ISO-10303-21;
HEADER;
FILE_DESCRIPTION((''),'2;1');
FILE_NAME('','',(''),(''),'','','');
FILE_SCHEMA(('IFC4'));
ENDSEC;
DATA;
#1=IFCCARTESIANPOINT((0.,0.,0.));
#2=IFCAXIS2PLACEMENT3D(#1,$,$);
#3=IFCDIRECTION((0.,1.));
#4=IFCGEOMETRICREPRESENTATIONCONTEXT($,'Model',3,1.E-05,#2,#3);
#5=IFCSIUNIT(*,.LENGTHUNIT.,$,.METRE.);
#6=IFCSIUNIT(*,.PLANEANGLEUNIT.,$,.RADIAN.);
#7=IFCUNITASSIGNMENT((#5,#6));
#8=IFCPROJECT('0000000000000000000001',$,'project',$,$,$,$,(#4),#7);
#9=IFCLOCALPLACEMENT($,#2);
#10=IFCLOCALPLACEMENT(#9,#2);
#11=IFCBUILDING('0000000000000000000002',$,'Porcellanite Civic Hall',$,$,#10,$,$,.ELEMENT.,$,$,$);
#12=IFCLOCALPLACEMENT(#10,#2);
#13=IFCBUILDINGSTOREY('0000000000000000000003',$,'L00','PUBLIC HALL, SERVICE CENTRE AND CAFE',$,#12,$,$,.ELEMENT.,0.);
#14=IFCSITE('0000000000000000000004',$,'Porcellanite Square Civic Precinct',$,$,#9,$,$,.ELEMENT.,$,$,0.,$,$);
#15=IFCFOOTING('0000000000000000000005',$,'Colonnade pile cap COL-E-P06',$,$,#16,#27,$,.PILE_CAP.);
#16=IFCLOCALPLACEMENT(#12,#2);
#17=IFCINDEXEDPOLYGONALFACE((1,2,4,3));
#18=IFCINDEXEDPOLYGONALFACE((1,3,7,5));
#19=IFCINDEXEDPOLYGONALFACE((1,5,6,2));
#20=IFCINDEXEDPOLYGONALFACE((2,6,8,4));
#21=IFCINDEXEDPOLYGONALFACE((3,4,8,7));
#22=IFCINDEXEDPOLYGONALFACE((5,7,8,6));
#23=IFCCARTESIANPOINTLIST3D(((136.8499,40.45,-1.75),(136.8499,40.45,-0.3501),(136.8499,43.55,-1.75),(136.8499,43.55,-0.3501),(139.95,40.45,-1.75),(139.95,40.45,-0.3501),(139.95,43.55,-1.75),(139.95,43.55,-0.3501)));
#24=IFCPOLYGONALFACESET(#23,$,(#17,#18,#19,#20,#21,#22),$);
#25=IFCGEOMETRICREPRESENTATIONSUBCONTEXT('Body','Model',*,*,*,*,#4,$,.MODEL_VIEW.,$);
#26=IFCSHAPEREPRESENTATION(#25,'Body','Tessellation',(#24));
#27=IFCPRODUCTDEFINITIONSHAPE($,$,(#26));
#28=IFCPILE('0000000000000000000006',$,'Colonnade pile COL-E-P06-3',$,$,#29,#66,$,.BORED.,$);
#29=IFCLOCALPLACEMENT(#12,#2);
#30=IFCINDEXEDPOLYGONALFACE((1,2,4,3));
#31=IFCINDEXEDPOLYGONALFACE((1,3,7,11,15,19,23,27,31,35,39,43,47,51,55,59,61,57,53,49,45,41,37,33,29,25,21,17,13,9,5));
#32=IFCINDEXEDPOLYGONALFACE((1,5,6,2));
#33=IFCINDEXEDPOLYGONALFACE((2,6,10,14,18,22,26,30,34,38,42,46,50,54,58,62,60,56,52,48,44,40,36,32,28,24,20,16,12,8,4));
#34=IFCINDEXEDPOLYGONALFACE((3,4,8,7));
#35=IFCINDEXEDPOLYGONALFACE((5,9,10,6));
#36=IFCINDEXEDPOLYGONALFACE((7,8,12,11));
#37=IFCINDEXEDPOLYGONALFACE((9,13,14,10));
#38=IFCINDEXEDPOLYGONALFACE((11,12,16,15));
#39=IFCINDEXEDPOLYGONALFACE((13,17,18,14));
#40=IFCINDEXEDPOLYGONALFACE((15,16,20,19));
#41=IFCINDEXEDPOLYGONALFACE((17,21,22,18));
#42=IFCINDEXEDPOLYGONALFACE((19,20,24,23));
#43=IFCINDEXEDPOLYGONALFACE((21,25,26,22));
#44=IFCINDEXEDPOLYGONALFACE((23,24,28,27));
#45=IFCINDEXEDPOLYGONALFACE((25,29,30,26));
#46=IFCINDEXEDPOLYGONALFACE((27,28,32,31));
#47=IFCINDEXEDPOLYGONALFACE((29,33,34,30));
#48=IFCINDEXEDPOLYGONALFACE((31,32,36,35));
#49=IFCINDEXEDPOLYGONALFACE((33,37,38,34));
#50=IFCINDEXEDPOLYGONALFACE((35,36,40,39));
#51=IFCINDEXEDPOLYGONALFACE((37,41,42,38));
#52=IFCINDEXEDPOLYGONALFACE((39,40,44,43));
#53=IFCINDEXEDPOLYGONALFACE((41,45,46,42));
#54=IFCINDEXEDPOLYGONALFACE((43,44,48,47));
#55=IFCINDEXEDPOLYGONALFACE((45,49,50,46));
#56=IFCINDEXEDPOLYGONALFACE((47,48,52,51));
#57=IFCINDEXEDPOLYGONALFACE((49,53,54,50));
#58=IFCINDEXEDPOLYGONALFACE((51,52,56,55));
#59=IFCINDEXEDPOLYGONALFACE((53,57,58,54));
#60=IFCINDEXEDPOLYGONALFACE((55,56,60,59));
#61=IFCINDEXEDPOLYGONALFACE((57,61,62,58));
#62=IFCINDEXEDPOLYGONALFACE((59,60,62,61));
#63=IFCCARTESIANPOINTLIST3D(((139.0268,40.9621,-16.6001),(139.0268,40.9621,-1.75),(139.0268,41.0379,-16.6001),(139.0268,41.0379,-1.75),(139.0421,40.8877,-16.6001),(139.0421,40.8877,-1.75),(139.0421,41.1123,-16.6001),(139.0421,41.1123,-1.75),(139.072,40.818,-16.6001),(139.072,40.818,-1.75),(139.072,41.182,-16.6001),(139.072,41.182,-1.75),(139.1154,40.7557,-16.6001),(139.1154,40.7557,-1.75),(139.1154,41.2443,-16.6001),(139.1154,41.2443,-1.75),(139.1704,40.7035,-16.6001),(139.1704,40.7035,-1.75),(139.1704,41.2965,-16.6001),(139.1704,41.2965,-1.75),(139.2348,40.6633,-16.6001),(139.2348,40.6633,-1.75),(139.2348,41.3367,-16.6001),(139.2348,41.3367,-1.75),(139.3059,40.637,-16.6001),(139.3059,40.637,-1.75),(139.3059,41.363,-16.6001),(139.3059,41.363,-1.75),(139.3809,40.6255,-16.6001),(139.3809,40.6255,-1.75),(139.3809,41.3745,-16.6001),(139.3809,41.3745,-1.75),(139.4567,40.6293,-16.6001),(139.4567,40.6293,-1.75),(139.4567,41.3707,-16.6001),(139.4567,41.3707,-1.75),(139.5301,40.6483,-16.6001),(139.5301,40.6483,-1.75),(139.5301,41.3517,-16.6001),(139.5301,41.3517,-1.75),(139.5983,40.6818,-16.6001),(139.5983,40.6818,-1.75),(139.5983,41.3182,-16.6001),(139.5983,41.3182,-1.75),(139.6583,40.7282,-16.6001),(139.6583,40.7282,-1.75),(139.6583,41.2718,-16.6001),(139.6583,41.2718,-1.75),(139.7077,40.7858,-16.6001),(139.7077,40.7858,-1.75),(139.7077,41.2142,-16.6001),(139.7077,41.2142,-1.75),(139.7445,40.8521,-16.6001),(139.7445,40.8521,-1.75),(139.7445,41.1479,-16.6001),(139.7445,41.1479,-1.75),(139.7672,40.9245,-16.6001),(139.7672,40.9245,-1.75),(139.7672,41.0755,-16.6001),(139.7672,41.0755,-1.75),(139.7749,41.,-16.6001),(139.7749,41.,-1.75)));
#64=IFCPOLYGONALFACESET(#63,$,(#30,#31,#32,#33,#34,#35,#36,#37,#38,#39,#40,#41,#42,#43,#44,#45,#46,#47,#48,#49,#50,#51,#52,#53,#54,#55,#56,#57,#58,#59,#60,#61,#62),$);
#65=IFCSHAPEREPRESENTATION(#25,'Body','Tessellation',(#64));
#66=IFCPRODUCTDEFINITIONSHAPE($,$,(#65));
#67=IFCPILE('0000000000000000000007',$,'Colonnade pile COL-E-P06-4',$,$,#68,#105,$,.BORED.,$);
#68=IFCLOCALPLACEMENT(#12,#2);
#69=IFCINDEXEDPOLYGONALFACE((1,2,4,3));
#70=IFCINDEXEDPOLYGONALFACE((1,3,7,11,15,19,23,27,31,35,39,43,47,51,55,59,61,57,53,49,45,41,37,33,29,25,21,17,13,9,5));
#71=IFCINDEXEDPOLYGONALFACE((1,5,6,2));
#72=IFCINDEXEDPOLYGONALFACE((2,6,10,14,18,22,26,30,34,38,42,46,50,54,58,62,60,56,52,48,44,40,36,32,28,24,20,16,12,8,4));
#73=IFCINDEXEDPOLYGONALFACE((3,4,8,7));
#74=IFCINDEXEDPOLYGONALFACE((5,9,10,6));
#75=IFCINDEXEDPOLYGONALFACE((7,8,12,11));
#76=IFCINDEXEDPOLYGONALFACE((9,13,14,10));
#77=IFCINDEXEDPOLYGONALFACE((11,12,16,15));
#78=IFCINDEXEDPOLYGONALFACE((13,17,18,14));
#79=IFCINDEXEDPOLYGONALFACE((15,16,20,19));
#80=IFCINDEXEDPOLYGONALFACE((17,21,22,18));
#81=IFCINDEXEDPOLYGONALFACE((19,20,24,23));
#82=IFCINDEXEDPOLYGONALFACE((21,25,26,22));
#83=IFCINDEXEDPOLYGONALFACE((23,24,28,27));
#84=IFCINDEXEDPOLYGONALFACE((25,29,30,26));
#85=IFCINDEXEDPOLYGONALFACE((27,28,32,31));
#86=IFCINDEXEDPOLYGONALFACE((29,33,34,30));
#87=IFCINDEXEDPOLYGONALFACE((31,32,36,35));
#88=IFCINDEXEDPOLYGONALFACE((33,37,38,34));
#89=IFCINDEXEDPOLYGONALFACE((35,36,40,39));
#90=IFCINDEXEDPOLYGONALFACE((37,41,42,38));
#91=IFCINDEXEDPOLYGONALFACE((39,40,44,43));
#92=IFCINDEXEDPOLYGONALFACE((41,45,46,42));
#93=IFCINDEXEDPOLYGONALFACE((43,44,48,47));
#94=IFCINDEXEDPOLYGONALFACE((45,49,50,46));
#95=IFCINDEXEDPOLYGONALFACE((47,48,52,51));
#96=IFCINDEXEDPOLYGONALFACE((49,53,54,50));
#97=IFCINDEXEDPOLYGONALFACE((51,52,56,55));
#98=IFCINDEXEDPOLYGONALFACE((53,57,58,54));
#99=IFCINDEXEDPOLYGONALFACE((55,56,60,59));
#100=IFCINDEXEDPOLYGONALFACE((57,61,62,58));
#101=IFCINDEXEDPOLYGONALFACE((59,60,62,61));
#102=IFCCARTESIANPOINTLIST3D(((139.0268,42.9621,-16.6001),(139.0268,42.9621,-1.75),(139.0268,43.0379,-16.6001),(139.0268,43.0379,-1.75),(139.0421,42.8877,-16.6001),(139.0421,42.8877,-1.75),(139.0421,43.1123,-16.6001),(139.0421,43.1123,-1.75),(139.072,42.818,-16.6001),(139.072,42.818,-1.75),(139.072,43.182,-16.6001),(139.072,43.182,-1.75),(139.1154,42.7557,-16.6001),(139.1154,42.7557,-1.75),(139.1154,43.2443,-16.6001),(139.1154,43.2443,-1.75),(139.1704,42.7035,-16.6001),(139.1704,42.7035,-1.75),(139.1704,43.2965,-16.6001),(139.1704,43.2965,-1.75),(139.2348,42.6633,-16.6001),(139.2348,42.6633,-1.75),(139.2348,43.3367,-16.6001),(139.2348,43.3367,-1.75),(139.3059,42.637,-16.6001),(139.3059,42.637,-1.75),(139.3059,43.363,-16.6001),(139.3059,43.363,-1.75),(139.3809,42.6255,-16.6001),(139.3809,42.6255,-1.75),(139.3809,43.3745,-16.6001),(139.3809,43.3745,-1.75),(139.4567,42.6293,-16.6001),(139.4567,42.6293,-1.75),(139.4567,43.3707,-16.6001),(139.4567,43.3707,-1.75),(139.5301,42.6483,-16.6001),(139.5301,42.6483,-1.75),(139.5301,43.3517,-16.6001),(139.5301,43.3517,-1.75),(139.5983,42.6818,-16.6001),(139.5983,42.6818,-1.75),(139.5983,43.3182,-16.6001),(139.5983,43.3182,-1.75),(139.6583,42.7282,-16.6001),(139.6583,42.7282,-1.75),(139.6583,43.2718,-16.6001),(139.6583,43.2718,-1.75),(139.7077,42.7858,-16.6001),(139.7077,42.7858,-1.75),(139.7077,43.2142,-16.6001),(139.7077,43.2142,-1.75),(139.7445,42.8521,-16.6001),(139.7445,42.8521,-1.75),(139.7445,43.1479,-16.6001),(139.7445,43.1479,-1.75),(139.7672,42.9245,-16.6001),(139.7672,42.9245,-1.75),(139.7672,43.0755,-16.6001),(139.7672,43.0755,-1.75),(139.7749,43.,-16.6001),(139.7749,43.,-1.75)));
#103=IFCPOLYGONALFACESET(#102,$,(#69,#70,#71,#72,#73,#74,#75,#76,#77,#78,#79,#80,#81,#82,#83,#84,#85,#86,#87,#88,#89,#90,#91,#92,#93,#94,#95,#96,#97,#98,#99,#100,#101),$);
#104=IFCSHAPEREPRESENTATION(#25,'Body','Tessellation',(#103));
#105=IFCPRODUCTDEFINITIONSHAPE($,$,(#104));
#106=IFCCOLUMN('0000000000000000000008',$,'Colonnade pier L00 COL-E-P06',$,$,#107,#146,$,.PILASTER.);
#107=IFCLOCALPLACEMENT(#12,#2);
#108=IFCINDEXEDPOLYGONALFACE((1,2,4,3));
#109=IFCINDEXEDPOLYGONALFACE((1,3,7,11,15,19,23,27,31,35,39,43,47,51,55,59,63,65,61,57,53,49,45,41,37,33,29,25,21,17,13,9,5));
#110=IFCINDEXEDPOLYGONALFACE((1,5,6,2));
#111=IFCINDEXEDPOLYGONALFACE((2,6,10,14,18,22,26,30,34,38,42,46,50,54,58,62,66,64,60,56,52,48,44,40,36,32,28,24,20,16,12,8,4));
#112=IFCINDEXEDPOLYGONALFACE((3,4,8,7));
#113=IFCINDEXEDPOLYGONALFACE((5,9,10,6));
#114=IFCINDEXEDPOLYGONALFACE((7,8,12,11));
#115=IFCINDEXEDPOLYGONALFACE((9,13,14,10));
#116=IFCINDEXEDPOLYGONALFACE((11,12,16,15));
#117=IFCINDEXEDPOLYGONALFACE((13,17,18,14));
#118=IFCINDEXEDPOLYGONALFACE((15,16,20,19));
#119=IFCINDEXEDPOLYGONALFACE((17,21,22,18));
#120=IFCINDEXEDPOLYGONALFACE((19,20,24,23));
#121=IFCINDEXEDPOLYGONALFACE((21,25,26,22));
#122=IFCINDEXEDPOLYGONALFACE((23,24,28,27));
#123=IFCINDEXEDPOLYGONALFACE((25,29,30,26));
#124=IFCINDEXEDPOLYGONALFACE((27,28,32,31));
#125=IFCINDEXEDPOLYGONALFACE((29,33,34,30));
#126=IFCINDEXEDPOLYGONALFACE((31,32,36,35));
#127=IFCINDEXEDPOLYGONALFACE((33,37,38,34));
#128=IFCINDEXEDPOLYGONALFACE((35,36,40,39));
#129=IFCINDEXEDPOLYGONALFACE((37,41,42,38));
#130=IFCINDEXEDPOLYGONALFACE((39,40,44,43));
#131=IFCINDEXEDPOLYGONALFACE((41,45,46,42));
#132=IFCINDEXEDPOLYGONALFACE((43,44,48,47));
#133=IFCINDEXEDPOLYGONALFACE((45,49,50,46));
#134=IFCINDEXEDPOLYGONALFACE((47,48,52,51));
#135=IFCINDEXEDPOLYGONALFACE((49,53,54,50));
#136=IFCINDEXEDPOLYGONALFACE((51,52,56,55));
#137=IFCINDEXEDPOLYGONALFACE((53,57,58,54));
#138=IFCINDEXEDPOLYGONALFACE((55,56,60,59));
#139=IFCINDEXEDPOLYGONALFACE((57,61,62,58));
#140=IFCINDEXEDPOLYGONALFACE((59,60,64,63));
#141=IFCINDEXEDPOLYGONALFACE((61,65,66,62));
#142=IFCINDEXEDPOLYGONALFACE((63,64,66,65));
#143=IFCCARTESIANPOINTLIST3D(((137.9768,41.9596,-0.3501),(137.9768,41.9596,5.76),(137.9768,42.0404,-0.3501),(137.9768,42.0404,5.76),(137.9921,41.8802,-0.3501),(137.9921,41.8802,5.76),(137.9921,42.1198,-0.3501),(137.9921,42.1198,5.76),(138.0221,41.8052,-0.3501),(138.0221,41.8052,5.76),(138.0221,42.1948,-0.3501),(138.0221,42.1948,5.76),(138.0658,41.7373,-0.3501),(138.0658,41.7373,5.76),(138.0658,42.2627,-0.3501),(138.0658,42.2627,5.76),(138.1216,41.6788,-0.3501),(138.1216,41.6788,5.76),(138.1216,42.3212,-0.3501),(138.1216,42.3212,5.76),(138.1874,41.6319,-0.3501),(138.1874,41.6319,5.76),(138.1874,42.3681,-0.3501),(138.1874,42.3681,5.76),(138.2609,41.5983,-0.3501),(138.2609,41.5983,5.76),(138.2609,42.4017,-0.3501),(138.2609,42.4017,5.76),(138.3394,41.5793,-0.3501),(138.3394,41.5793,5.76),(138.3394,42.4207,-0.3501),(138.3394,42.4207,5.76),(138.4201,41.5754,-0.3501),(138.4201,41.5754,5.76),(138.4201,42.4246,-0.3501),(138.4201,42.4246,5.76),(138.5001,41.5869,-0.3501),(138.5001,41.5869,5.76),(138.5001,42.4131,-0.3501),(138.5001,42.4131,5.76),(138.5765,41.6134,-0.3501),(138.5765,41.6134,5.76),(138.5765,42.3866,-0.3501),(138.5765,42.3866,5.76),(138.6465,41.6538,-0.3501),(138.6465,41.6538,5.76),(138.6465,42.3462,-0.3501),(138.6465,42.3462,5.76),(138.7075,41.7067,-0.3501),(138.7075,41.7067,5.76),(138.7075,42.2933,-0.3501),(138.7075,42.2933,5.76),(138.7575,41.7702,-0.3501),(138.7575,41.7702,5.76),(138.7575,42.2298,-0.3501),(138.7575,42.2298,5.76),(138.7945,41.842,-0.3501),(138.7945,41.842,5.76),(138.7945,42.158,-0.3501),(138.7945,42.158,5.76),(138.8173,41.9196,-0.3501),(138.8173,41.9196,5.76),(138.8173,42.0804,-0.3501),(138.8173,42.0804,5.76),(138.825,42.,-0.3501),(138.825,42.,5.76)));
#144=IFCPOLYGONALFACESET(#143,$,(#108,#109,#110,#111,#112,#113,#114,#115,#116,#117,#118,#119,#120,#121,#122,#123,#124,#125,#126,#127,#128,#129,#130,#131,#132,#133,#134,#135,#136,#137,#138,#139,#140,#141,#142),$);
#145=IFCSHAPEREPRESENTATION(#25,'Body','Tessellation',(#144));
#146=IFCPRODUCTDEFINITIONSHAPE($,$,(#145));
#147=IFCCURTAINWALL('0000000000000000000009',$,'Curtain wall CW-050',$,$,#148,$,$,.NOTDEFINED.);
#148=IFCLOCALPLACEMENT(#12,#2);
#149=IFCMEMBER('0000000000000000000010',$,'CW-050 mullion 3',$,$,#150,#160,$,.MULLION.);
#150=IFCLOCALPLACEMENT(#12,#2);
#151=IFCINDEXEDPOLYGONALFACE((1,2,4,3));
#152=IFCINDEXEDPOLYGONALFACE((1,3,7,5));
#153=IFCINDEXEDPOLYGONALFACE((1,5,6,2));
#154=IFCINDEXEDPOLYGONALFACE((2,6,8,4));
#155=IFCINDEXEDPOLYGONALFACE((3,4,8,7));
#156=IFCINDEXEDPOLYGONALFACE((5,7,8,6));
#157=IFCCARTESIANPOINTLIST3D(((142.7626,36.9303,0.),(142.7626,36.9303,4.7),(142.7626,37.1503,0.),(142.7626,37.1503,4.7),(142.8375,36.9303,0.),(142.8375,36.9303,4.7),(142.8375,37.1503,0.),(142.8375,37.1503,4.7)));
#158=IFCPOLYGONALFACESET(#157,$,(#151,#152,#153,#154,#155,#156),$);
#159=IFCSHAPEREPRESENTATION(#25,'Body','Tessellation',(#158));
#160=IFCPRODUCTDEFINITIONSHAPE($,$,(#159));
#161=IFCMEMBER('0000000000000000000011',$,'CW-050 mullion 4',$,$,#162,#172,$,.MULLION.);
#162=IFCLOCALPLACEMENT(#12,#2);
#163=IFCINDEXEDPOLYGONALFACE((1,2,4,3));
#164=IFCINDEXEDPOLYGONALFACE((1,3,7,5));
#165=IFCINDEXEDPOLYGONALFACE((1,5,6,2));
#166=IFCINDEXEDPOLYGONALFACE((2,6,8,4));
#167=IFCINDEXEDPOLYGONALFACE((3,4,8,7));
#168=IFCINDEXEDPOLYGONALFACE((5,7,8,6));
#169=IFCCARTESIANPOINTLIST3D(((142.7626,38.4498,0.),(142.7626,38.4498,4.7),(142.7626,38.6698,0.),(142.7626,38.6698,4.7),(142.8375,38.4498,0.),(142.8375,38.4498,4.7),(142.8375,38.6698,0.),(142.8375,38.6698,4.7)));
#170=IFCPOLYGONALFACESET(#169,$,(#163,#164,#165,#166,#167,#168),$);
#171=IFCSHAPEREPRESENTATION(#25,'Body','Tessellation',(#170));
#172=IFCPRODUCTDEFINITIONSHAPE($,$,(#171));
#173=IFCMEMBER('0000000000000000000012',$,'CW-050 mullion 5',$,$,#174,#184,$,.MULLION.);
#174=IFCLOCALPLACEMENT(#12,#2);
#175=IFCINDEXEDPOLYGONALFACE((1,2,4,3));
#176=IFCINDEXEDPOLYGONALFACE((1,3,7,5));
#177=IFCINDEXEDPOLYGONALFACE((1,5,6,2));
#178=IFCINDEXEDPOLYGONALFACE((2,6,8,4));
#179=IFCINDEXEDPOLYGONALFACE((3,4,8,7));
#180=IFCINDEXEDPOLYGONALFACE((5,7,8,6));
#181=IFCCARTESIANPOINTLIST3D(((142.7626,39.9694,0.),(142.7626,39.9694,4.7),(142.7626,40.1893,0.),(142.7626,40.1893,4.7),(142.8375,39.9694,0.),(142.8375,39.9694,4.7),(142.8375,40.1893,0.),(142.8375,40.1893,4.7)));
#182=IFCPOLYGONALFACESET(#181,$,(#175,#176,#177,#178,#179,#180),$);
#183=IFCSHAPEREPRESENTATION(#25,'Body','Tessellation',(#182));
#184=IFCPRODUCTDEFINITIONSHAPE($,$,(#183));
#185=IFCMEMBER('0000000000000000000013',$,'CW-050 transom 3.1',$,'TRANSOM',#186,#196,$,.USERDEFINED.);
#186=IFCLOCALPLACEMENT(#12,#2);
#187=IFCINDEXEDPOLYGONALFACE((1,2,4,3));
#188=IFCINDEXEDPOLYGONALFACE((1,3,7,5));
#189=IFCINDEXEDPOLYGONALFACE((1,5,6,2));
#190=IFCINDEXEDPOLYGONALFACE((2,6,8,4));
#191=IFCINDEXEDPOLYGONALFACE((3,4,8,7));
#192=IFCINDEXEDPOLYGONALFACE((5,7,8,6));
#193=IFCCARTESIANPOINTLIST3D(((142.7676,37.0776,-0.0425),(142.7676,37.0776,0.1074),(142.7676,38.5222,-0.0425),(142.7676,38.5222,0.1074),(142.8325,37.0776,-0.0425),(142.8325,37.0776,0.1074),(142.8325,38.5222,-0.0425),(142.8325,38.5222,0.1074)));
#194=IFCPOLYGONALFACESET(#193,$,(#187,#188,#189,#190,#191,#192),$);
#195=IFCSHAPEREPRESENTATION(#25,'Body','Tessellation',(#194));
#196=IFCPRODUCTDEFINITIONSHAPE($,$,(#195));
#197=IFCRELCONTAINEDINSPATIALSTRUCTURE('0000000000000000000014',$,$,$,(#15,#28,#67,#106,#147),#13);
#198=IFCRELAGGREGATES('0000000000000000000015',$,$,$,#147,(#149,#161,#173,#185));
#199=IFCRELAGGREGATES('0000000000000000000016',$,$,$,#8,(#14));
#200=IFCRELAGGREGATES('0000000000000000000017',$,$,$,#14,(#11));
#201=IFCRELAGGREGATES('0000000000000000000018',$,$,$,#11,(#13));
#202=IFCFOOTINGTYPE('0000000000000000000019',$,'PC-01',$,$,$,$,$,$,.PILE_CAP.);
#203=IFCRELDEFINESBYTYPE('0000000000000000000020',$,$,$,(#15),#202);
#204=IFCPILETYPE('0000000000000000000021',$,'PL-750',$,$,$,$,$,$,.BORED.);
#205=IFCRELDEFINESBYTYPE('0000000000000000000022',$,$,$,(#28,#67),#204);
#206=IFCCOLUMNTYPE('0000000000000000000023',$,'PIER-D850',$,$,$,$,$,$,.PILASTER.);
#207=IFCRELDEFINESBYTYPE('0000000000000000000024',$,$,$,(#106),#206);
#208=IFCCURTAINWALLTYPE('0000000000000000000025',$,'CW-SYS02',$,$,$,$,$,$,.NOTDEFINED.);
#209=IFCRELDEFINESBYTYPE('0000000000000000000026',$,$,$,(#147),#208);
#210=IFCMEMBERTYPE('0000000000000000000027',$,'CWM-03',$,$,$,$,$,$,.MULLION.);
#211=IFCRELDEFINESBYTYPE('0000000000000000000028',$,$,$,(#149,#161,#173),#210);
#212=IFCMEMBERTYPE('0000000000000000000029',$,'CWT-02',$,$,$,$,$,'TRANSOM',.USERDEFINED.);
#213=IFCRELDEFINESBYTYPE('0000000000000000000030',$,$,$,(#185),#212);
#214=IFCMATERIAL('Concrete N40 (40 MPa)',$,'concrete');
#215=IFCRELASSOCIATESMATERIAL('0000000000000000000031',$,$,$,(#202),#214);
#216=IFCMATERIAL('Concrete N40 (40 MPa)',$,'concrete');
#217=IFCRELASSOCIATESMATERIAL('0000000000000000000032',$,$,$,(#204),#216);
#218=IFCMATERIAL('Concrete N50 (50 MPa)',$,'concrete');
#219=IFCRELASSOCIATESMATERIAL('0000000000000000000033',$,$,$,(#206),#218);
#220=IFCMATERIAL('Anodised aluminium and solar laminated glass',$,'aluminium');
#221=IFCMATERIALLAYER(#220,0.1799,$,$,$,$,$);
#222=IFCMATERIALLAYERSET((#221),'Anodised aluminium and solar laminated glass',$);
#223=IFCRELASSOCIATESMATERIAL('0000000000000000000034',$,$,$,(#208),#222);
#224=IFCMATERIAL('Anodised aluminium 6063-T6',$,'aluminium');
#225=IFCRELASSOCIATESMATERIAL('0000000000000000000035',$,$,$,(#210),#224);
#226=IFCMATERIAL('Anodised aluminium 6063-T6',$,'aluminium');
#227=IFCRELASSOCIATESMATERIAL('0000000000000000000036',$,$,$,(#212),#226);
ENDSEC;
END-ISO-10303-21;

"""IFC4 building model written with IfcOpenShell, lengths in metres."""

from ifc_helpers import new_model, si_unit, direction, frame, origin, origin_2d, place, context, subcontext, project, spatial, rectangle, circle, extrude, material, layer, layer_set, material_profile, profile_set, type_object, element, aggregate, save


model = new_model("IFC4")

# Units and contexts
model_context = context("Model", 3, precision=1e-05, world=origin(), true_north=direction((0.0, 1.0)))
body_context = subcontext(model_context, "Body", "Model", "MODEL_VIEW")
ifc_project = project(units=[si_unit("LENGTHUNIT", "METRE"), si_unit("PLANEANGLEUNIT", "RADIAN")], contexts=[model_context])

# Site, building, storey
site_placement = place(None, origin())
site = spatial("IfcSite", under=ifc_project, at=site_placement, Name="Porcellanite Square Civic Precinct", CompositionType="ELEMENT", RefElevation=0.0)
building_placement = place(site_placement, origin())
building = spatial("IfcBuilding", under=site, at=building_placement, Name="Porcellanite Civic Hall", CompositionType="ELEMENT")
storey_placement = place(building_placement, origin())
storey = spatial("IfcBuildingStorey", under=building, at=storey_placement, Name="L00", Description="PUBLIC HALL, SERVICE CENTRE AND CAFE", CompositionType="ELEMENT", Elevation=0.0)

# Footing
ifc_material_1 = material(Name="Concrete N40 (40 MPa)", Category="concrete")
footing_type = type_object("IfcFootingType", Name="PC-01", PredefinedType="PILE_CAP", material=ifc_material_1)
footing_placement = place(storey_placement, frame((138.3999, 42.0, -1.75), z_axis=(0.0, 0.0, 1.0), x_axis=(1.0, 0.0, 0.0)))
element("IfcFooting", 1, at=footing_placement, inside=storey, type_object=footing_type, Name="Colonnade pile cap COL-E-P06", PredefinedType="PILE_CAP", context=body_context, shape_type="SweptSolid", body=[
    extrude(rectangle(XDim=3.1001, YDim=3.1001, at=origin_2d()), origin(), (0.0, 0.0, 1.0), 1.3999),
])

# Piles
ifc_material_2 = material(Name="Concrete N40 (40 MPa)", Category="concrete")
ifc_material_profile_1 = material_profile(ifc_material_2, circle(Radius=0.375, at=origin_2d()), Name="PILE-D750")
ifc_profile_set_1 = profile_set([ifc_material_profile_1], Name="Concrete N40 (40 MPa)")
pile_type = type_object("IfcPileType", Name="PL-750", PredefinedType="BORED", material=ifc_profile_set_1)
for number, where, z_axis, x_axis, name in (
    (2, (139.3999, 41.0, -1.75), (0.0, 0.0, -1.0), (1.0, 0.0, 0.0), "Colonnade pile COL-E-P06-3"),
    (3, (139.3999, 43.0, -1.75), (0.0, 0.0, -1.0), (1.0, 0.0, 0.0), "Colonnade pile COL-E-P06-4"),
):
    element("IfcPile", number, at=place(storey_placement, frame(where, z_axis=z_axis, x_axis=x_axis)), inside=storey, type_object=pile_type, Name=name, PredefinedType="BORED", context=body_context, shape_type="SweptSolid", body=[
        extrude(circle(Radius=0.375, at=origin_2d()), origin(), (0.0, 0.0, 1.0), 14.8501),
    ])

# Column
ifc_material_3 = material(Name="Concrete N50 (50 MPa)", Category="concrete")
ifc_material_profile_2 = material_profile(ifc_material_3, circle(Radius=0.425, at=origin_2d()), Name="RC-D850")
ifc_profile_set_2 = profile_set([ifc_material_profile_2], Name="Concrete N50 (50 MPa)")
column_type = type_object("IfcColumnType", Name="PIER-D850", PredefinedType="PILASTER", material=ifc_profile_set_2)
column_placement = place(storey_placement, frame((138.3999, 42.0, -0.3501), z_axis=(0.0, 0.0, 1.0), x_axis=(1.0, 0.0, 0.0)))
element("IfcColumn", 4, at=column_placement, inside=storey, type_object=column_type, Name="Colonnade pier L00 COL-E-P06", PredefinedType="PILASTER", context=body_context, shape_type="SweptSolid", body=[
    extrude(circle(Radius=0.425, at=origin_2d()), origin(), (0.0, 0.0, 1.0), 6.1101),
])

# Curtain wall, members
ifc_material_4 = material(Name="Anodised aluminium and solar laminated glass", Category="aluminium")
ifc_layer_1 = layer(ifc_material_4, 0.1799)
ifc_layer_set_1 = layer_set([ifc_layer_1], Name="Anodised aluminium and solar laminated glass")
curtain_wall_type = type_object("IfcCurtainWallType", Name="CW-SYS02", PredefinedType="NOTDEFINED", material=ifc_layer_set_1)
curtain_wall_placement = place(storey_placement, origin())
curtain_wall = element("IfcCurtainWall", 5, at=curtain_wall_placement, inside=storey, type_object=curtain_wall_type, Name="Curtain wall CW-050", PredefinedType="NOTDEFINED")
ifc_material_5 = material(Name="Anodised aluminium 6063-T6", Category="aluminium")
ifc_material_profile_3 = material_profile(ifc_material_5, rectangle(XDim=0.075, YDim=0.22, at=origin_2d()), Name="AL-75x220")
ifc_profile_set_3 = profile_set([ifc_material_profile_3], Name="Anodised aluminium 6063-T6")
member_type_1 = type_object("IfcMemberType", Name="CWM-03", PredefinedType="MULLION", material=ifc_profile_set_3)
member_1_placement = place(storey_placement, frame((142.8, 37.0403, 0.0), z_axis=(0.0, 0.0, 1.0), x_axis=(-1.0, 0.0, 0.0)))
member_1 = element("IfcMember", 6, at=member_1_placement, type_object=member_type_1, Name="CW-050 mullion 3", PredefinedType="MULLION", context=body_context, shape_type="SweptSolid", body=[
    extrude(rectangle(XDim=0.075, YDim=0.22, at=origin_2d()), origin(), (0.0, 0.0, 1.0), 4.7),
])
member_2_placement = place(storey_placement, frame((142.8, 38.5598, 0.0), z_axis=(0.0, 0.0, 1.0), x_axis=(-1.0, 0.0, 0.0)))
member_2 = element("IfcMember", 7, at=member_2_placement, type_object=member_type_1, Name="CW-050 mullion 4", PredefinedType="MULLION", context=body_context, shape_type="SweptSolid", body=[
    extrude(rectangle(XDim=0.075, YDim=0.22, at=origin_2d()), origin(), (0.0, 0.0, 1.0), 4.7),
])
member_3_placement = place(storey_placement, frame((142.8, 40.0793, 0.0), z_axis=(0.0, 0.0, 1.0), x_axis=(-1.0, 0.0, 0.0)))
member_3 = element("IfcMember", 8, at=member_3_placement, type_object=member_type_1, Name="CW-050 mullion 5", PredefinedType="MULLION", context=body_context, shape_type="SweptSolid", body=[
    extrude(rectangle(XDim=0.075, YDim=0.22, at=origin_2d()), origin(), (0.0, 0.0, 1.0), 4.7),
])
ifc_material_6 = material(Name="Anodised aluminium 6063-T6", Category="aluminium")
ifc_material_profile_4 = material_profile(ifc_material_6, rectangle(XDim=0.0649, YDim=0.1499, at=origin_2d()), Name="AL-65x150")
ifc_profile_set_4 = profile_set([ifc_material_profile_4], Name="Anodised aluminium 6063-T6")
member_type_2 = type_object("IfcMemberType", Name="CWT-02", ElementType="TRANSOM", PredefinedType="USERDEFINED", material=ifc_profile_set_4)
member_4_placement = place(storey_placement, frame((142.8, 37.0776, 0.0325), z_axis=(0.0, 1.0, 0.0), x_axis=(-1.0, 0.0, 0.0)))
member_4 = element("IfcMember", 9, at=member_4_placement, type_object=member_type_2, Name="CW-050 transom 3.1", ObjectType="TRANSOM", PredefinedType="USERDEFINED", context=body_context, shape_type="SweptSolid", body=[
    extrude(rectangle(XDim=0.0649, YDim=0.1499, at=origin_2d()), origin(), (0.0, 0.0, 1.0), 1.4446),
])
aggregate(curtain_wall, [member_1, member_2, member_3, member_4])

save(model, "model.ifc")
